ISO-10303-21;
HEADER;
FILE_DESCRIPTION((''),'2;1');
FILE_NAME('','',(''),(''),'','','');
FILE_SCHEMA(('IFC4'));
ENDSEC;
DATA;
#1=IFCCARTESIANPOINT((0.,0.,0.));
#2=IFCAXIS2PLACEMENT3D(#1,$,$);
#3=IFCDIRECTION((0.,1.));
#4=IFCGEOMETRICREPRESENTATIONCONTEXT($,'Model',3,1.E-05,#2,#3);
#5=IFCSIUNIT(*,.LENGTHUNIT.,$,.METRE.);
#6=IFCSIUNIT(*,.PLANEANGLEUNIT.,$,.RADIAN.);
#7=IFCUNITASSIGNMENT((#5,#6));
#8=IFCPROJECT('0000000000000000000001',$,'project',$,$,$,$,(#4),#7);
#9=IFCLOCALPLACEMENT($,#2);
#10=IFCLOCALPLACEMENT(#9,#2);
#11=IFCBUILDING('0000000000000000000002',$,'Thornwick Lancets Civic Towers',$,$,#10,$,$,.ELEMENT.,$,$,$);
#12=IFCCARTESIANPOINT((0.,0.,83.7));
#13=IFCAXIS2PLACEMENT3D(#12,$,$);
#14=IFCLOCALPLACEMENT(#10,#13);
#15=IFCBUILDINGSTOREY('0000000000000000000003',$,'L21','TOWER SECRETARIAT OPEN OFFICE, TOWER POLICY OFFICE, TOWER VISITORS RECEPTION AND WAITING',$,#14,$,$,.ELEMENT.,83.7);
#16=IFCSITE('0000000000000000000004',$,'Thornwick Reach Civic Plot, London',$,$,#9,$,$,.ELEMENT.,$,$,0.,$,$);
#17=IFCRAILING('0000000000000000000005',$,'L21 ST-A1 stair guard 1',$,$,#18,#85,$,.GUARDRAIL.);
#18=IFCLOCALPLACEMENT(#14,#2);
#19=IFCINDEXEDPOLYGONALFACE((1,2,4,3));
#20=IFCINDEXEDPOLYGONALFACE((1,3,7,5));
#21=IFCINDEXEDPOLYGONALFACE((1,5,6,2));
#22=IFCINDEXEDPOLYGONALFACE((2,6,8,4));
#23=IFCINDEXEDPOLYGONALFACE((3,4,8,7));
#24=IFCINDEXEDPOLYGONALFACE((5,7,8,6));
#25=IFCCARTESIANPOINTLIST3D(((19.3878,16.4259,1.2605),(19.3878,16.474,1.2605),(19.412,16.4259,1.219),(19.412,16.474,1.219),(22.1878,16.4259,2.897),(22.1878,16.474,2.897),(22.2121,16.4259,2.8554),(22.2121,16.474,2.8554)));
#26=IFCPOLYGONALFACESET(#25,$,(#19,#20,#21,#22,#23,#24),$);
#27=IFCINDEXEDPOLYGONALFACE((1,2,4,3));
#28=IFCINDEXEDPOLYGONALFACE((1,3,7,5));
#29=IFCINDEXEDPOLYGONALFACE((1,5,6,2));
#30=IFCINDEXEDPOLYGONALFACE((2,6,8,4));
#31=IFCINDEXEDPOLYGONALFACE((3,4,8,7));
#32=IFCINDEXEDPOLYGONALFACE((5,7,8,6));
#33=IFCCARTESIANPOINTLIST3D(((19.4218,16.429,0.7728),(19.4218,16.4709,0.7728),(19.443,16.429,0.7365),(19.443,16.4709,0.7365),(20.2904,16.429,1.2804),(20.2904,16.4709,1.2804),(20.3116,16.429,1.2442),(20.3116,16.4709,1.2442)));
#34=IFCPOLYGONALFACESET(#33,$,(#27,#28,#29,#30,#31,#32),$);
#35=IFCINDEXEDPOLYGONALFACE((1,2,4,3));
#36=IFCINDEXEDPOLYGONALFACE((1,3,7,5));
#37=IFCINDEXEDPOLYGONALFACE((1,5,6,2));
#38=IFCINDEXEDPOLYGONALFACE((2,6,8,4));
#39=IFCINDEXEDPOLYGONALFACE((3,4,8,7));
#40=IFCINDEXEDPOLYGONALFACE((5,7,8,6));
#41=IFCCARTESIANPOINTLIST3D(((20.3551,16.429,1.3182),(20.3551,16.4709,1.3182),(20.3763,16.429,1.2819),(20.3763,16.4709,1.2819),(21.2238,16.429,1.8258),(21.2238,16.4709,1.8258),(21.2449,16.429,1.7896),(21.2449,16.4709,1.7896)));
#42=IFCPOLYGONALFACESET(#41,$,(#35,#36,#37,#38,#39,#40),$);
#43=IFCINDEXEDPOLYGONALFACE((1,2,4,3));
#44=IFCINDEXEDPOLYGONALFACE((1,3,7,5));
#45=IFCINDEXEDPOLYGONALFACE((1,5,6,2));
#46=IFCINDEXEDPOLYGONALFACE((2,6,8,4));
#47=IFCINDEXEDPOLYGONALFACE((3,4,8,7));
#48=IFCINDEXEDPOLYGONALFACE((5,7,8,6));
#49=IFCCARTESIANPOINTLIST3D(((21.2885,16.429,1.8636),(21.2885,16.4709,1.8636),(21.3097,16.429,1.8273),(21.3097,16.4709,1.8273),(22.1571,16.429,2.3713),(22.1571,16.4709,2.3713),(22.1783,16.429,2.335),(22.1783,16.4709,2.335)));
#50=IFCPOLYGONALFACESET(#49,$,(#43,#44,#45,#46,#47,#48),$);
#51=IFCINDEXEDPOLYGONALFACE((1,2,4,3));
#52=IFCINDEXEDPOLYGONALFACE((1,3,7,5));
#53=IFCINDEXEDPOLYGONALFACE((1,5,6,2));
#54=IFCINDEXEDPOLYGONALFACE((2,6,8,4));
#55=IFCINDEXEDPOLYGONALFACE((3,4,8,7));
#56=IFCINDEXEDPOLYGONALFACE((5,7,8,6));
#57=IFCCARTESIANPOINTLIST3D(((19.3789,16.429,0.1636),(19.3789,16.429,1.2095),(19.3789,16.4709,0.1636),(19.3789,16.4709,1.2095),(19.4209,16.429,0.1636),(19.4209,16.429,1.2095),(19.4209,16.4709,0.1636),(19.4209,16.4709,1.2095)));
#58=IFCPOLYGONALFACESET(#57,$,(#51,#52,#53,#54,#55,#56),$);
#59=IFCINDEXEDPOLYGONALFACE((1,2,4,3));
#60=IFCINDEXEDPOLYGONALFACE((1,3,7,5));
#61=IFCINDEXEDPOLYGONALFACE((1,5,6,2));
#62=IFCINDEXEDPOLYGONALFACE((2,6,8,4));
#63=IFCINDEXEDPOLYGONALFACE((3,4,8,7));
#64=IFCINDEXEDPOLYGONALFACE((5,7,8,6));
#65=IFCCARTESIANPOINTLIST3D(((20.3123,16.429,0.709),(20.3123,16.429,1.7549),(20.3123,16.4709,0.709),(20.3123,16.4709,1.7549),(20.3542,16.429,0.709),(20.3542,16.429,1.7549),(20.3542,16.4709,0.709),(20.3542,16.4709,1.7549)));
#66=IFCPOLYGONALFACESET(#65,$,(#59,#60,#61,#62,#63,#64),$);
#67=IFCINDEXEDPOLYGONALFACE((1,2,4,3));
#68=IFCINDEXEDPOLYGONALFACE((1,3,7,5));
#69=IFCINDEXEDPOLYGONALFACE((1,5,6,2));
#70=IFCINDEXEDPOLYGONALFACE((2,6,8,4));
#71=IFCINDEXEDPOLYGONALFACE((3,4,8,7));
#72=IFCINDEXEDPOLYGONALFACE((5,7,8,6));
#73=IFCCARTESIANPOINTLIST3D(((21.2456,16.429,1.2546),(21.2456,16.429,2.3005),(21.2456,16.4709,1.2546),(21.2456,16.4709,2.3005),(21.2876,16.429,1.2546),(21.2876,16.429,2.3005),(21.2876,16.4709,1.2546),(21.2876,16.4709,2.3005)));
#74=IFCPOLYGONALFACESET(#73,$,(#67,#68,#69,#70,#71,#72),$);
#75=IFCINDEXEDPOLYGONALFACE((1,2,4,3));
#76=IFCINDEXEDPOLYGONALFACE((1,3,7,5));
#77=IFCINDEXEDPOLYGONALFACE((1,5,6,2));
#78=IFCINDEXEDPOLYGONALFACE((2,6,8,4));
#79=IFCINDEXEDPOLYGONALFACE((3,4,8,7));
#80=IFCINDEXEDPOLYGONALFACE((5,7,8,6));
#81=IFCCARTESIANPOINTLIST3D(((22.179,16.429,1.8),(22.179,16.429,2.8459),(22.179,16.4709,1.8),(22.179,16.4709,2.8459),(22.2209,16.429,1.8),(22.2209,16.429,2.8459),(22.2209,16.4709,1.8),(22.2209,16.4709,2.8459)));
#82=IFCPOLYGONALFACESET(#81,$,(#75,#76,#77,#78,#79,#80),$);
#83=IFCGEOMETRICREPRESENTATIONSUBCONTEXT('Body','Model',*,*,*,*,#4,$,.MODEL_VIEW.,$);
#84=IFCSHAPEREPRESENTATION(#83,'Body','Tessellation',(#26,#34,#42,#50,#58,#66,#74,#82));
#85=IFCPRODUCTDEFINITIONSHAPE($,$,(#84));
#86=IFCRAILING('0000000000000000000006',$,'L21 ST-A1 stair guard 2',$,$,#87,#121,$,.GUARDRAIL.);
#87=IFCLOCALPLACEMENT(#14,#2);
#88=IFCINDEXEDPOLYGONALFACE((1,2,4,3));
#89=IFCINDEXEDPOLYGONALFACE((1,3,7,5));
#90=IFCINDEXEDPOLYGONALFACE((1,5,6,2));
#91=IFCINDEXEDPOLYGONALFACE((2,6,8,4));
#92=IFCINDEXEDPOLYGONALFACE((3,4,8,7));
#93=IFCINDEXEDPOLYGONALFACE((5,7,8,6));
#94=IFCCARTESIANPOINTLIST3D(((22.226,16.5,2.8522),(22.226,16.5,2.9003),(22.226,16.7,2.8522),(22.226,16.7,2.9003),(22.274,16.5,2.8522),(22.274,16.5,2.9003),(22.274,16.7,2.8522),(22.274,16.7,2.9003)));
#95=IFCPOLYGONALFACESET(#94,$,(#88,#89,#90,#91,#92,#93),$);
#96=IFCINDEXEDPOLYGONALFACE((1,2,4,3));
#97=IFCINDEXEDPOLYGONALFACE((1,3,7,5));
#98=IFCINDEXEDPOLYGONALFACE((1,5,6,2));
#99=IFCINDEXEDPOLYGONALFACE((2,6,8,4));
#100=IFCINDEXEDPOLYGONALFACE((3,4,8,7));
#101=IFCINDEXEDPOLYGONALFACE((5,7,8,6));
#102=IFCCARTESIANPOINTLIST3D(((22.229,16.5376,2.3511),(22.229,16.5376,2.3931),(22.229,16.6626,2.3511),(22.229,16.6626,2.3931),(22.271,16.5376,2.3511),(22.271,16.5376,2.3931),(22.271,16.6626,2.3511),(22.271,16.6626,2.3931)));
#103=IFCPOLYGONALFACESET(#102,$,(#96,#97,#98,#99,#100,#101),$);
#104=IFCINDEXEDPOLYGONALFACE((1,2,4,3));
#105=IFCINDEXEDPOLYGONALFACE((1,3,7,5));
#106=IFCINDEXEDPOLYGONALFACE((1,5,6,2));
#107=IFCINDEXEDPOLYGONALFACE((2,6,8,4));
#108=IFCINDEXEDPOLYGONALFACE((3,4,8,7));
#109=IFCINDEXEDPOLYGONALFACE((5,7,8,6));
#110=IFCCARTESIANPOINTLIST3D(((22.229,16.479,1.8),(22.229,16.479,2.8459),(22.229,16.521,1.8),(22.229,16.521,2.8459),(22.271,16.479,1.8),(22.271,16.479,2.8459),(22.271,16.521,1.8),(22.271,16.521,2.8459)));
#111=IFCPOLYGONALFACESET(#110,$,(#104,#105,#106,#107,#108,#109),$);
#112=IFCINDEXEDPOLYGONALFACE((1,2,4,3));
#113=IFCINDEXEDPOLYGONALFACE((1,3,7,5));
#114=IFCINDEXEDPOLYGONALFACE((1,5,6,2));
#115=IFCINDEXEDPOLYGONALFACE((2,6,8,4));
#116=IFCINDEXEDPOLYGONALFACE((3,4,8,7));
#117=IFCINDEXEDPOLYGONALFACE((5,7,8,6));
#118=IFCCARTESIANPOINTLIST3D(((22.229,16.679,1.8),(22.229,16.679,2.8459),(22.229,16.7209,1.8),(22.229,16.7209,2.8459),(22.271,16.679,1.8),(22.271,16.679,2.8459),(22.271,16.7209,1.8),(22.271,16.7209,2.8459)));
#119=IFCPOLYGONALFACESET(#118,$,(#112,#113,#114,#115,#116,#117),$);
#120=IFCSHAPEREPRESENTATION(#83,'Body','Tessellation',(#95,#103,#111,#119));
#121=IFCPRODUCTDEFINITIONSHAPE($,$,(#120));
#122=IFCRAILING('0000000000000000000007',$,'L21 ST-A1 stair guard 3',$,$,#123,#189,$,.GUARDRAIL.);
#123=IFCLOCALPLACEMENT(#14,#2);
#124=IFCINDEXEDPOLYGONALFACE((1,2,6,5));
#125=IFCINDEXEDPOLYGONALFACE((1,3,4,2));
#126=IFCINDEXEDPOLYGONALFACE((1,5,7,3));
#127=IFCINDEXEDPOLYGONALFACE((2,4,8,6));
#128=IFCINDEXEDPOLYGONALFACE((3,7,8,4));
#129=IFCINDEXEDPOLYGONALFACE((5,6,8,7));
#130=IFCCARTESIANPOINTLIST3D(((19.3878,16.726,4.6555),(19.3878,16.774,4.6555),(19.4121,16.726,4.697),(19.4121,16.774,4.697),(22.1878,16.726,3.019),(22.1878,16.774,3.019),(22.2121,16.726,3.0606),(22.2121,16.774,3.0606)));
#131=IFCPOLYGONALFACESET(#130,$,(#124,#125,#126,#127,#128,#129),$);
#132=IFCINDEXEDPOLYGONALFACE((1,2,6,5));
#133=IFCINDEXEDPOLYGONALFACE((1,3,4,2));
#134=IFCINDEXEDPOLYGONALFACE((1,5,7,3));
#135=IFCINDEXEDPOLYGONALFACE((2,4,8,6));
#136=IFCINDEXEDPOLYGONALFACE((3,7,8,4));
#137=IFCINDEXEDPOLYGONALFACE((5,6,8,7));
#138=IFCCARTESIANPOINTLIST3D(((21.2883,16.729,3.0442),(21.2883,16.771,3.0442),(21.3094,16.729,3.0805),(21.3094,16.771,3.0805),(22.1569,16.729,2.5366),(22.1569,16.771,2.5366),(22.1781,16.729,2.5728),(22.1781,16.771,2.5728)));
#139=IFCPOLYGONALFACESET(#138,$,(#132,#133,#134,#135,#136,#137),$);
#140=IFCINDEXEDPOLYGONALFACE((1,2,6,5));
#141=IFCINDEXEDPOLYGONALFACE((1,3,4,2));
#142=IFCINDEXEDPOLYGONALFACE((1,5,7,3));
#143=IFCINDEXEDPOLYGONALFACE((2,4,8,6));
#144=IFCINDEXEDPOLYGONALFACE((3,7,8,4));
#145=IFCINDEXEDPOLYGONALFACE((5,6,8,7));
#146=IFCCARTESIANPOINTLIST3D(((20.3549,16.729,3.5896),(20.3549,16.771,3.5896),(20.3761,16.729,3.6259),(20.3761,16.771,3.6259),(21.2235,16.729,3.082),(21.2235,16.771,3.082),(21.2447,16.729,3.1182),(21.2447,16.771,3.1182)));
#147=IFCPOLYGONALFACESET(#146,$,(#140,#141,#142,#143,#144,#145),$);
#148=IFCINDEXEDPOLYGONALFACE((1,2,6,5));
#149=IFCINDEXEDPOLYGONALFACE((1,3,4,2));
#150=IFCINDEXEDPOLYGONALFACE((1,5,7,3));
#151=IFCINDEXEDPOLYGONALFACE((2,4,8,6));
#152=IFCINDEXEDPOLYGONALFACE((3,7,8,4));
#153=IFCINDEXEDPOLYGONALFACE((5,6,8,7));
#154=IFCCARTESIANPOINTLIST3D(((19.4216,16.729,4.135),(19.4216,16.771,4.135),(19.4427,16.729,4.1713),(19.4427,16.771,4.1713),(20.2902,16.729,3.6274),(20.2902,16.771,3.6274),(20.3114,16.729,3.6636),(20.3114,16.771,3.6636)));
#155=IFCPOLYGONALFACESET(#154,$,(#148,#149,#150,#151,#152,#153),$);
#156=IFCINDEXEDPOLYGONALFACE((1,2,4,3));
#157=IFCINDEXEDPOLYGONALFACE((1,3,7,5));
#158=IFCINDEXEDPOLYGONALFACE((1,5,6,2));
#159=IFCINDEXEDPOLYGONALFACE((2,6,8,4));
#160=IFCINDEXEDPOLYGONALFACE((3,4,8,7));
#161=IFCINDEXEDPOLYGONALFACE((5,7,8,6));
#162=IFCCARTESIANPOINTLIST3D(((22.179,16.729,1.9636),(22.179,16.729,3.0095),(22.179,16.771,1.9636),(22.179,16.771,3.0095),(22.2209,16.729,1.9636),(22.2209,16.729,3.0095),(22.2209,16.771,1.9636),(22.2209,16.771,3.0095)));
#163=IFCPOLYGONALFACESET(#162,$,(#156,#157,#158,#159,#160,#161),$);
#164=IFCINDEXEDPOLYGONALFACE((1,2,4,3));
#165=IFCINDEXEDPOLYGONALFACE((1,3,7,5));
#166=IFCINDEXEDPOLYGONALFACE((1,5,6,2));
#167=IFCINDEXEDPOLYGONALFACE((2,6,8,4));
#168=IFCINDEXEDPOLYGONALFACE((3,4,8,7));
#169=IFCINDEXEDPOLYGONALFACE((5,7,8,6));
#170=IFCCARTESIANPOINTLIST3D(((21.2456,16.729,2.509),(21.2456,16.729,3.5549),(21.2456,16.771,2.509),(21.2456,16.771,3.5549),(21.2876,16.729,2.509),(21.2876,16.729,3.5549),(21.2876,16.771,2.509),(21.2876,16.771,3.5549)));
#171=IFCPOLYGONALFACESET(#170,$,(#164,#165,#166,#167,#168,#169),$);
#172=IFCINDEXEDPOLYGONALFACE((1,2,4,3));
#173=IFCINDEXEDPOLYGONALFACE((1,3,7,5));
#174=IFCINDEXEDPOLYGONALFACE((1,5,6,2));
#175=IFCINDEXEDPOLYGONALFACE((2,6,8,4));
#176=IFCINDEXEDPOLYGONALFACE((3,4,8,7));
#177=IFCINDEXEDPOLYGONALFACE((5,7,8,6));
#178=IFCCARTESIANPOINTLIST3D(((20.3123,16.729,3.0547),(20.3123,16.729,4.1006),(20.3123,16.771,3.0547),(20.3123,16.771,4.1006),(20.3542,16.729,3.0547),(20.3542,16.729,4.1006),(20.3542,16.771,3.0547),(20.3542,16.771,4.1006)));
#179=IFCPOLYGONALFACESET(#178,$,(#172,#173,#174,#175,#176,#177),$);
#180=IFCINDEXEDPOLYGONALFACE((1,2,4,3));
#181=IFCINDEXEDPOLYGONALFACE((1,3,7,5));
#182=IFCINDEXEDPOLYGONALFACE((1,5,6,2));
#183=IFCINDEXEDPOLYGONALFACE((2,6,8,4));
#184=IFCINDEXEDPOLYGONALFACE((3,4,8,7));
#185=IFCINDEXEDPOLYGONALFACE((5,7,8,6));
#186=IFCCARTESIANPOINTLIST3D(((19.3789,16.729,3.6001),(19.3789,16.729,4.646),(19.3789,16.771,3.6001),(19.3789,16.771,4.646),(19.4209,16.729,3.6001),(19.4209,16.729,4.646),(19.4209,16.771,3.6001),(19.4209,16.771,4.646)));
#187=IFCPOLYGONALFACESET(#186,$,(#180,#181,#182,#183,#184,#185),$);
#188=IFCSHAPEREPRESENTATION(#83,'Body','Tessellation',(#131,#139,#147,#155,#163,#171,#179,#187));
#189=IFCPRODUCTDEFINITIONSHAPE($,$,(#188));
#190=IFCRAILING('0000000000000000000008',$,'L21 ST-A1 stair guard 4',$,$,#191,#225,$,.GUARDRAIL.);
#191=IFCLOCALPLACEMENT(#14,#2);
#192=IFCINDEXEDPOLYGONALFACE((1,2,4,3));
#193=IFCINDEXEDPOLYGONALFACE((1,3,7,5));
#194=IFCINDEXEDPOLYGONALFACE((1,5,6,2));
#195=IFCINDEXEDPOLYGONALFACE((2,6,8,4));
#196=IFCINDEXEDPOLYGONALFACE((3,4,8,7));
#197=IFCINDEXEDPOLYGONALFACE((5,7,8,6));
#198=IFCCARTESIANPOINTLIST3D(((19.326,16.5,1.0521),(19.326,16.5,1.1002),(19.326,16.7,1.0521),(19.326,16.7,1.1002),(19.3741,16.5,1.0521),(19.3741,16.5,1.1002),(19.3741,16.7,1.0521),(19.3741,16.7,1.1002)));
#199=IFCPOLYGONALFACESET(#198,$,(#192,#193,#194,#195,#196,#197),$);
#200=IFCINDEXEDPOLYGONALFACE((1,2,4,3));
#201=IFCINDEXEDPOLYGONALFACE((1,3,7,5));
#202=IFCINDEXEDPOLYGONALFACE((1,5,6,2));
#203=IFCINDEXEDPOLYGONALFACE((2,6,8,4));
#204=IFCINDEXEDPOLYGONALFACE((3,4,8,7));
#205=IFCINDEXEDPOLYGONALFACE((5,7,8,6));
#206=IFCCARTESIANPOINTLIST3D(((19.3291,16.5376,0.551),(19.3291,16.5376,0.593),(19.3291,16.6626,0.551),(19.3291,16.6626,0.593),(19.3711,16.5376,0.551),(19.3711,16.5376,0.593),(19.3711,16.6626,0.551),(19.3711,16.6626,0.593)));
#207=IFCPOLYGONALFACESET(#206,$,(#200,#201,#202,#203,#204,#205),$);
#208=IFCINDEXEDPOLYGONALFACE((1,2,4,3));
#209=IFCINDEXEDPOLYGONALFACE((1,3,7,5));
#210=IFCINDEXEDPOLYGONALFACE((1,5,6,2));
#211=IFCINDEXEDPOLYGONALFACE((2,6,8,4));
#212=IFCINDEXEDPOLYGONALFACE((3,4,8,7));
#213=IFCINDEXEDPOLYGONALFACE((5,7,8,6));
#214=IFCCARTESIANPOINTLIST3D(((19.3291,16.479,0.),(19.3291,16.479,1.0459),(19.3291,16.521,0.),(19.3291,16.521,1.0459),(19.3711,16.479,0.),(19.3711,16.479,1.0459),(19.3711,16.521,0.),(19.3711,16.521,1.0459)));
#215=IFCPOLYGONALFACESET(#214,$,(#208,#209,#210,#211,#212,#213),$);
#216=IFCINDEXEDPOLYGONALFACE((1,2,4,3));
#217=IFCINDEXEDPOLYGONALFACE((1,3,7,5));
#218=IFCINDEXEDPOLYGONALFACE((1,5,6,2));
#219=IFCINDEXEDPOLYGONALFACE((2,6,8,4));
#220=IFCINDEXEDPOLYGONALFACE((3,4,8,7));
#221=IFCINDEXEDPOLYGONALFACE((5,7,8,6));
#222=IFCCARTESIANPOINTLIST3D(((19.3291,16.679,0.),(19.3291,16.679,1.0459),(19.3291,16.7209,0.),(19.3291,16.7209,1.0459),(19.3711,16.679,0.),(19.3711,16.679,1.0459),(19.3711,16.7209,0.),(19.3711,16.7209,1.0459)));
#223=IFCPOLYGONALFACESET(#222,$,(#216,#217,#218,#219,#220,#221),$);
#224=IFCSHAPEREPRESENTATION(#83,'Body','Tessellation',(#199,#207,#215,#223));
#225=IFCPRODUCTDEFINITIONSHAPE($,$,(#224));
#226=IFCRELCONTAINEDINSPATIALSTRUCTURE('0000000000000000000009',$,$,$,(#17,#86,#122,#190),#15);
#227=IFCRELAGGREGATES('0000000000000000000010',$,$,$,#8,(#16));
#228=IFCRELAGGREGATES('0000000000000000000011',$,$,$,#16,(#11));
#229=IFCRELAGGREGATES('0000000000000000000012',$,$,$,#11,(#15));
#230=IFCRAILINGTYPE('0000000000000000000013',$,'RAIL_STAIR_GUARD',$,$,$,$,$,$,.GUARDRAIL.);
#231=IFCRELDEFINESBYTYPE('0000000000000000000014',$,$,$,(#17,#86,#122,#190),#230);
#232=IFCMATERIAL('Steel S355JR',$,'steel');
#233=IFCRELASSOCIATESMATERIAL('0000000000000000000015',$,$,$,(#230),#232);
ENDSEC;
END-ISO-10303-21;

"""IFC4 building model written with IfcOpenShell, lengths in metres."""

from ifc_helpers import new_model, si_unit, direction, frame, origin, origin_2d, place, context, subcontext, project, spatial, rectangle, extrude, material, type_object, element, save


model = new_model("IFC4")

# Units and contexts
model_context = context("Model", 3, precision=1e-05, world=origin(), true_north=direction((0.0, 1.0)))
body_context = subcontext(model_context, "Body", "Model", "MODEL_VIEW")
ifc_project = project(units=[si_unit("LENGTHUNIT", "METRE"), si_unit("PLANEANGLEUNIT", "RADIAN")], contexts=[model_context])

# Site, building, storey
site_placement = place(None, origin())
site = spatial("IfcSite", under=ifc_project, at=site_placement, Name="Thornwick Reach Civic Plot, London", CompositionType="ELEMENT", RefElevation=0.0)
building_placement = place(site_placement, origin())
building = spatial("IfcBuilding", under=site, at=building_placement, Name="Thornwick Lancets Civic Towers", CompositionType="ELEMENT")
storey_placement = place(building_placement, frame((0.0, 0.0, 83.7)))
storey = spatial("IfcBuildingStorey", under=building, at=storey_placement, Name="L21", Description="TOWER SECRETARIAT OPEN OFFICE, TOWER POLICY OFFICE, TOWER VISITORS RECEPTION AND WAITING", CompositionType="ELEMENT", Elevation=83.7)

# Shared definitions
ifc_material_1 = material(Name="Steel S355JR", Category="steel")

# Railings
railing_type_1 = type_object("IfcRailingType", Name="RAIL_STAIR_GUARD", PredefinedType="GUARDRAIL", material=ifc_material_1)
railing_1_placement = place(storey_placement, frame((19.3999, 16.45, 0.1636)))
element("IfcRailing", 1, at=railing_1_placement, inside=storey, type_object=railing_type_1, Name="L21 ST-A1 stair guard 1", PredefinedType="GUARDRAIL", context=body_context, shape_type="SweptSolid", body=[
    extrude(rectangle(XDim=0.0481, YDim=0.0481, at=origin_2d()), frame((0.0, 0.0, 1.0762), z_axis=(0.863361, 0.0, 0.504587), x_axis=(0.0, 1.0, 0.0)), (0.0, 0.0, 1.0), 3.2432),
    extrude(rectangle(XDim=0.042, YDim=0.042, at=origin_2d()), frame((0.0325, 0.0, 0.5911), z_axis=(0.863361, 0.0, 0.504587), x_axis=(0.0, 1.0, 0.0)), (0.0, 0.0, 1.0), 1.0061),
    extrude(rectangle(XDim=0.042, YDim=0.042, at=origin_2d()), frame((0.9658, 0.0, 1.1365), z_axis=(0.863361, 0.0, 0.504587), x_axis=(0.0, 1.0, 0.0)), (0.0, 0.0, 1.0), 1.0061),
    extrude(rectangle(XDim=0.042, YDim=0.042, at=origin_2d()), frame((1.8992, 0.0, 1.6819), z_axis=(0.863361, 0.0, 0.504587), x_axis=(0.0, 1.0, 0.0)), (0.0, 0.0, 1.0), 1.0061),
    extrude(rectangle(XDim=0.042, YDim=0.042, at=origin_2d()), origin(), (0.0, 0.0, 1.0), 1.0459),
    extrude(rectangle(XDim=0.042, YDim=0.042, at=origin_2d()), frame((0.9333, 0.0, 0.5454)), (0.0, 0.0, 1.0), 1.0459),
    extrude(rectangle(XDim=0.042, YDim=0.042, at=origin_2d()), frame((1.8667, 0.0, 1.0911)), (0.0, 0.0, 1.0), 1.0459),
    extrude(rectangle(XDim=0.042, YDim=0.042, at=origin_2d()), frame((2.8, 0.0, 1.6365)), (0.0, 0.0, 1.0), 1.0459),
])
railing_2_placement = place(storey_placement, frame((22.25, 16.5, 1.8)))
element("IfcRailing", 2, at=railing_2_placement, inside=storey, type_object=railing_type_1, Name="L21 ST-A1 stair guard 2", PredefinedType="GUARDRAIL", context=body_context, shape_type="SweptSolid", body=[
    extrude(rectangle(XDim=0.0481, YDim=0.0481, at=origin_2d()), frame((0.0, 0.0, 1.0762), z_axis=(0.0, 1.0, 0.0), x_axis=(-1.0, 0.0, 0.0)), (0.0, 0.0, 1.0), 0.2),
    extrude(rectangle(XDim=0.042, YDim=0.042, at=origin_2d()), frame((0.0, 0.0376, 0.572), z_axis=(0.0, 1.0, 0.0), x_axis=(-1.0, 0.0, 0.0)), (0.0, 0.0, 1.0), 0.125),
    extrude(rectangle(XDim=0.042, YDim=0.042, at=origin_2d()), origin(), (0.0, 0.0, 1.0), 1.0459),
    extrude(rectangle(XDim=0.042, YDim=0.042, at=origin_2d()), frame((0.0, 0.2, 0.0)), (0.0, 0.0, 1.0), 1.0459),
])
railing_3_placement = place(storey_placement, frame((22.2, 16.75, 1.9636)))
element("IfcRailing", 3, at=railing_3_placement, inside=storey, type_object=railing_type_1, Name="L21 ST-A1 stair guard 3", PredefinedType="GUARDRAIL", context=body_context, shape_type="SweptSolid", body=[
    extrude(rectangle(XDim=0.0481, YDim=0.0481, at=origin_2d()), frame((0.0, 0.0, 1.0762), z_axis=(-0.863361, 0.0, 0.504587), x_axis=(0.0, -1.0, 0.0)), (0.0, 0.0, 1.0), 3.2432),
    extrude(rectangle(XDim=0.042, YDim=0.042, at=origin_2d()), frame((-0.0325, 0.0, 0.5911), z_axis=(-0.863361, 0.0, 0.504587), x_axis=(0.0, -1.0, 0.0)), (0.0, 0.0, 1.0), 1.0061),
    extrude(rectangle(XDim=0.042, YDim=0.042, at=origin_2d()), frame((-0.9658, 0.0, 1.1365), z_axis=(-0.863361, 0.0, 0.504587), x_axis=(0.0, -1.0, 0.0)), (0.0, 0.0, 1.0), 1.0061),
    extrude(rectangle(XDim=0.042, YDim=0.042, at=origin_2d()), frame((-1.8992, 0.0, 1.6819), z_axis=(-0.863361, 0.0, 0.504587), x_axis=(0.0, -1.0, 0.0)), (0.0, 0.0, 1.0), 1.0061),
    extrude(rectangle(XDim=0.042, YDim=0.042, at=origin_2d()), origin(), (0.0, 0.0, 1.0), 1.0459),
    extrude(rectangle(XDim=0.042, YDim=0.042, at=origin_2d()), frame((-0.9333, 0.0, 0.5454)), (0.0, 0.0, 1.0), 1.0459),
    extrude(rectangle(XDim=0.042, YDim=0.042, at=origin_2d()), frame((-1.8667, 0.0, 1.0911)), (0.0, 0.0, 1.0), 1.0459),
    extrude(rectangle(XDim=0.042, YDim=0.042, at=origin_2d()), frame((-2.8, 0.0, 1.6365)), (0.0, 0.0, 1.0), 1.0459),
])
railing_4_placement = place(storey_placement, frame((19.3501, 16.5, 0.0)))
element("IfcRailing", 4, at=railing_4_placement, inside=storey, type_object=railing_type_1, Name="L21 ST-A1 stair guard 4", PredefinedType="GUARDRAIL", context=body_context, shape_type="SweptSolid", body=[
    extrude(rectangle(XDim=0.0481, YDim=0.0481, at=origin_2d()), frame((0.0, 0.0, 1.0762), z_axis=(0.0, 1.0, 0.0), x_axis=(-1.0, 0.0, 0.0)), (0.0, 0.0, 1.0), 0.2),
    extrude(rectangle(XDim=0.042, YDim=0.042, at=origin_2d()), frame((0.0, 0.0376, 0.572), z_axis=(0.0, 1.0, 0.0), x_axis=(-1.0, 0.0, 0.0)), (0.0, 0.0, 1.0), 0.125),
    extrude(rectangle(XDim=0.042, YDim=0.042, at=origin_2d()), origin(), (0.0, 0.0, 1.0), 1.0459),
    extrude(rectangle(XDim=0.042, YDim=0.042, at=origin_2d()), frame((0.0, 0.2, 0.0)), (0.0, 0.0, 1.0), 1.0459),
])

save(model, "model.ifc")
